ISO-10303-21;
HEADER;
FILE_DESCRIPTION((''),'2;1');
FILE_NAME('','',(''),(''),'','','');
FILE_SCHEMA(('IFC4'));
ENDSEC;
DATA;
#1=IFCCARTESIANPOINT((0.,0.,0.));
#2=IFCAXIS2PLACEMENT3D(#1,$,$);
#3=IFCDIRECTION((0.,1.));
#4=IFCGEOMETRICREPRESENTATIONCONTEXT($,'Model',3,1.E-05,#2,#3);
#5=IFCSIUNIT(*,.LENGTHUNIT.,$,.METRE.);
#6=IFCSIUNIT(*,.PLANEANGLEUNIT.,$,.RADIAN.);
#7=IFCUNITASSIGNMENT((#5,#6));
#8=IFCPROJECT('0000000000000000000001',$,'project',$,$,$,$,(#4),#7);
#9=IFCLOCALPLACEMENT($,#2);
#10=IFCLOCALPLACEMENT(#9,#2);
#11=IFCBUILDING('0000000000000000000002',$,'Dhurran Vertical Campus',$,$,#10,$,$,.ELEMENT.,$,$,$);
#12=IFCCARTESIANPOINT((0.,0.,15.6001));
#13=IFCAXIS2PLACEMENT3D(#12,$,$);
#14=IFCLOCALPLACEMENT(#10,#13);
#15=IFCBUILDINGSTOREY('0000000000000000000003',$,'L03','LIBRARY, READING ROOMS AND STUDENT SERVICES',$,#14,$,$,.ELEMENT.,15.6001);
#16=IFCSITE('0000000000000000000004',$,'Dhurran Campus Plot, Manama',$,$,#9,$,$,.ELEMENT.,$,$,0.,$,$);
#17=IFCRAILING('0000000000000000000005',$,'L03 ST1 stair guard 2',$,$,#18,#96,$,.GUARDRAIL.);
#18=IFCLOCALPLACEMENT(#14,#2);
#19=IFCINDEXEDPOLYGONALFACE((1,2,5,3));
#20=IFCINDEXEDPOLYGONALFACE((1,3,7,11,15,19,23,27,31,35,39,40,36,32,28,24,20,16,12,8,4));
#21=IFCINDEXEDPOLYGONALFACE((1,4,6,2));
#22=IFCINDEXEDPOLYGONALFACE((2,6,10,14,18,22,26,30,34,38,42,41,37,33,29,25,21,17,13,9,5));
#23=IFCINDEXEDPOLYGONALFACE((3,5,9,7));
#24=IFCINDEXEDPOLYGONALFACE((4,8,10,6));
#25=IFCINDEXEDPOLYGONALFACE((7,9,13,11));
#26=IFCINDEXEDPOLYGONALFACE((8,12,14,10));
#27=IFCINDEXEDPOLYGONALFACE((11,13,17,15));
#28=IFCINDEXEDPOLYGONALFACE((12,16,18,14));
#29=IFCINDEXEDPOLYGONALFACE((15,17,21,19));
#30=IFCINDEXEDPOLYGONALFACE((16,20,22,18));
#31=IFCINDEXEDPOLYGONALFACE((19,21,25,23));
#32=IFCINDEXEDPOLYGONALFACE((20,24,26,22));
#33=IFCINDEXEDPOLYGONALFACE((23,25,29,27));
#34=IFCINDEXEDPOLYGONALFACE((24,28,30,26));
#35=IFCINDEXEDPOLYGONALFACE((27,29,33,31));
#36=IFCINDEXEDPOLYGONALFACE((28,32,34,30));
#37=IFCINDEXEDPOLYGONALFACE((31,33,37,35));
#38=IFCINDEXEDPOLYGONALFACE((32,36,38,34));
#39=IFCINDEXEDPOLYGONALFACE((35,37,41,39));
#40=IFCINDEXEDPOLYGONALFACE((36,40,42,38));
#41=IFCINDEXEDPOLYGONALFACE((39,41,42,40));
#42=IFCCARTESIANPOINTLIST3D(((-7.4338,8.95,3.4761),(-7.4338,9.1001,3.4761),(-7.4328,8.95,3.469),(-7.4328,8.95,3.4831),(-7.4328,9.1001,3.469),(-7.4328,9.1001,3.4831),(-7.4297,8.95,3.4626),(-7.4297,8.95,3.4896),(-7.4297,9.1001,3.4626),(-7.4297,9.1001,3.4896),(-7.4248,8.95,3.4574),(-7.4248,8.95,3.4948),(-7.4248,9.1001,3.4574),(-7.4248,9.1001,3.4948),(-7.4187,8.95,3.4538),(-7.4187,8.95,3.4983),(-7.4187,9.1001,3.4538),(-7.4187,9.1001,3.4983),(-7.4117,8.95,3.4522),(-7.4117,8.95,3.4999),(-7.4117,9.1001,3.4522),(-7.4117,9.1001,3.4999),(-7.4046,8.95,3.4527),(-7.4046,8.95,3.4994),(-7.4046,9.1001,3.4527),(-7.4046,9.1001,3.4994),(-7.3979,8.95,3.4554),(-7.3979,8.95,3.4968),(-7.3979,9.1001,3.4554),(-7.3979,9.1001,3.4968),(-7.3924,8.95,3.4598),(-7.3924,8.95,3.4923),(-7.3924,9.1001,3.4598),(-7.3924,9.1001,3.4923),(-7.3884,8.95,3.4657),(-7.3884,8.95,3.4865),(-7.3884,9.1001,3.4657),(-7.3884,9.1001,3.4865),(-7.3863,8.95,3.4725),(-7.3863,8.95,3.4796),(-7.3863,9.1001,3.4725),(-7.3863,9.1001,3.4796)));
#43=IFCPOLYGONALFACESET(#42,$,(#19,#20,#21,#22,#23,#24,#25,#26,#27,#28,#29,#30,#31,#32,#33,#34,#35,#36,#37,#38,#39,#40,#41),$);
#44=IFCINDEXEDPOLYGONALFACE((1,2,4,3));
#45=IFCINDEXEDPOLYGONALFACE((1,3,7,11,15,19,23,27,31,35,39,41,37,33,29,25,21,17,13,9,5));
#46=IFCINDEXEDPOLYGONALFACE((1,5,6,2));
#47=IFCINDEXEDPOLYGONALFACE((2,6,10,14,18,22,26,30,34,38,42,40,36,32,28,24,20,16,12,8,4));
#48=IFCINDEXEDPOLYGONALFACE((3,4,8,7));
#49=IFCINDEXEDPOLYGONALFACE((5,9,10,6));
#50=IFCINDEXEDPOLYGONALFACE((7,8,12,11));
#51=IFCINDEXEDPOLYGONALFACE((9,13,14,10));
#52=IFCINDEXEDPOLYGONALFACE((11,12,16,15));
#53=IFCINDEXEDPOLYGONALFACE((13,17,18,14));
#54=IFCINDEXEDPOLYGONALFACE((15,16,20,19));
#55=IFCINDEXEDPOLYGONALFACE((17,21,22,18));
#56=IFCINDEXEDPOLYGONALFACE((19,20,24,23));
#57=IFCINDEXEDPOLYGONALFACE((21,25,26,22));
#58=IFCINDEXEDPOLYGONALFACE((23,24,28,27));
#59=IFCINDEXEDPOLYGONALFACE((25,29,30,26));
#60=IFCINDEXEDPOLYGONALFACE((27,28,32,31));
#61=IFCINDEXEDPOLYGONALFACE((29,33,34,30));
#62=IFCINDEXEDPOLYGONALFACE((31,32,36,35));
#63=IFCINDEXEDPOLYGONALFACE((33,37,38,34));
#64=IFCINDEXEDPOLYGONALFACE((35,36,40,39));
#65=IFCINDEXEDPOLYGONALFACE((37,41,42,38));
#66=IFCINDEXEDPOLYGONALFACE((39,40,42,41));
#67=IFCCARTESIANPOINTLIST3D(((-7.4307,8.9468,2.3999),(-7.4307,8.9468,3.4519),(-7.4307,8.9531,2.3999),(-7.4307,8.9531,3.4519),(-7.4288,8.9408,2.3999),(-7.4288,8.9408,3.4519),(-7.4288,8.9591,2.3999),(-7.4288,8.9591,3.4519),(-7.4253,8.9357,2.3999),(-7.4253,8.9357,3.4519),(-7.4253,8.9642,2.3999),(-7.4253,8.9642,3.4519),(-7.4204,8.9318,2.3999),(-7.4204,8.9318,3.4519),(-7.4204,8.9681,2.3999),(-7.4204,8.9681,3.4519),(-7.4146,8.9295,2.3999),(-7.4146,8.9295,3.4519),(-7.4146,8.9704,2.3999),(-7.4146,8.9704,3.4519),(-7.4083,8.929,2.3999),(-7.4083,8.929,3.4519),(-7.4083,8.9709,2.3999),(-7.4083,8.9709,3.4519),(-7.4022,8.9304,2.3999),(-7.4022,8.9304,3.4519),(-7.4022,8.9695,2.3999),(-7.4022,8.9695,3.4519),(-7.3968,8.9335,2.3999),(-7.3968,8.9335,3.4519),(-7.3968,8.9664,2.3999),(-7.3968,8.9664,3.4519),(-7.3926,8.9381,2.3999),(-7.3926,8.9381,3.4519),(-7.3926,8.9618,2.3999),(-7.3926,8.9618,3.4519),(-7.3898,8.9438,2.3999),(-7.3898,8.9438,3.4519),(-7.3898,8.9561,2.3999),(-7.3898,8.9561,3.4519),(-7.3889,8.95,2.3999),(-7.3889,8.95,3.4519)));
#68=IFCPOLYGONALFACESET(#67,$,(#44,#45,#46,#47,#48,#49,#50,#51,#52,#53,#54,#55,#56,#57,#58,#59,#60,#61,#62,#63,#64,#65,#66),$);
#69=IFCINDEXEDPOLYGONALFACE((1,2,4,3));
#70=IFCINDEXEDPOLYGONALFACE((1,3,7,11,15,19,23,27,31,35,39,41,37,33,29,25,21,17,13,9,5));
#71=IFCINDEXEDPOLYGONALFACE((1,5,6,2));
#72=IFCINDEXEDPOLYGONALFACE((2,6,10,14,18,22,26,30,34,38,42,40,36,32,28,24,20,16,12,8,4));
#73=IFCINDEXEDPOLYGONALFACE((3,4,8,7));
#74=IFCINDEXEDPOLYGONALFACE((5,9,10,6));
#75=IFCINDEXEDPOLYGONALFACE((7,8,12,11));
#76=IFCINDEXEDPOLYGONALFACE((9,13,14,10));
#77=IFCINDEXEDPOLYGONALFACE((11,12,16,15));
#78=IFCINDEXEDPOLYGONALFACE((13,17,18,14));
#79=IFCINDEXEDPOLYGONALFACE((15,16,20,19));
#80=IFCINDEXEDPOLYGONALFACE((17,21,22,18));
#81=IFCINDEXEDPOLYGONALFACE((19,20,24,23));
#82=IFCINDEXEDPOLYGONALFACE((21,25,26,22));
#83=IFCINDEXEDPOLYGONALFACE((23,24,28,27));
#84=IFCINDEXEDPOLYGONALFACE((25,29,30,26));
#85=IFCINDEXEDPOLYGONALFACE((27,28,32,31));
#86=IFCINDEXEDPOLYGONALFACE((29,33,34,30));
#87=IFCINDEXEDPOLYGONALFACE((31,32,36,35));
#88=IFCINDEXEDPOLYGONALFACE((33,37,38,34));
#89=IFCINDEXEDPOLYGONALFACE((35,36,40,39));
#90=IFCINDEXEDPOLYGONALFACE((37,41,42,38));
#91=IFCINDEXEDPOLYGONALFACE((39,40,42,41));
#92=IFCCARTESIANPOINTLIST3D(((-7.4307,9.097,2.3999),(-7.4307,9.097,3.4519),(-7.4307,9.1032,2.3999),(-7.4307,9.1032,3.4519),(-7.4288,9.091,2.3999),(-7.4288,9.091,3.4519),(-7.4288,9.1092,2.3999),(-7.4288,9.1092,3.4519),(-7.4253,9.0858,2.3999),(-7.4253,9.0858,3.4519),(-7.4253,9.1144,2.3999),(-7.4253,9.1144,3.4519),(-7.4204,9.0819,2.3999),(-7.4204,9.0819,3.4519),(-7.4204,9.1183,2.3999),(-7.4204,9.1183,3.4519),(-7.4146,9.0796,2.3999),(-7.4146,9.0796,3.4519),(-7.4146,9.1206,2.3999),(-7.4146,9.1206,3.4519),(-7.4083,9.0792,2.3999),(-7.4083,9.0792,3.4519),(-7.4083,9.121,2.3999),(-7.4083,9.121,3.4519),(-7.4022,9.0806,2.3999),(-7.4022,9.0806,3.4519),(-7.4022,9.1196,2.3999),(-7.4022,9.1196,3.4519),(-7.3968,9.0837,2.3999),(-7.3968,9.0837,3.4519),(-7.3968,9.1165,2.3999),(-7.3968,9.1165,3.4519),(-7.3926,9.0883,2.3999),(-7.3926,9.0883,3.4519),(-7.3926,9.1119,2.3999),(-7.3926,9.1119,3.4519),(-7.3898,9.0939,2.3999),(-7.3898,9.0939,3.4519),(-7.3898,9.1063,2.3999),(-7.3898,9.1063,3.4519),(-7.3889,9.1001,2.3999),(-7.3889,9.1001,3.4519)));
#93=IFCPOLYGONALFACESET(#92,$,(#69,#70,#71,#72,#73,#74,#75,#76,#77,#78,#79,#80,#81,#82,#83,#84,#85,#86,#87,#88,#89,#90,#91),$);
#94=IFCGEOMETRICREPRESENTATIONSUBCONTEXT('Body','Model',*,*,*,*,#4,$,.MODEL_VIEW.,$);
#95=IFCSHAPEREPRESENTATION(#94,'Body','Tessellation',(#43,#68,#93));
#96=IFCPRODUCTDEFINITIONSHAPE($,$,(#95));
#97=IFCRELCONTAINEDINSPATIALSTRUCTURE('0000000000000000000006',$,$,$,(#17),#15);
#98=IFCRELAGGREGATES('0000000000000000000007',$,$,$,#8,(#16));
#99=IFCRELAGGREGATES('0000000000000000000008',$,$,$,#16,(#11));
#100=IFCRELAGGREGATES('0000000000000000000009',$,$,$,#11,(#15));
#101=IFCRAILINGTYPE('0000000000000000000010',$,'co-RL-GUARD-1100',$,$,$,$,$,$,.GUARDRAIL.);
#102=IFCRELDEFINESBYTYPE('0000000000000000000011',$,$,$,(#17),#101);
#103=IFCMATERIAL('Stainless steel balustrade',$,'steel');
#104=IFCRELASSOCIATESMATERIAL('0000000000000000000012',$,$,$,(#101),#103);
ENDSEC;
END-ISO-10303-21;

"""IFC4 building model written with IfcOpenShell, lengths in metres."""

from ifc_helpers import new_model, si_unit, direction, frame, origin, origin_2d, place, context, subcontext, project, spatial, circle, extrude, material, type_object, element, save


model = new_model("IFC4")

# Units and contexts
model_context = context("Model", 3, precision=1e-05, world=origin(), true_north=direction((0.0, 1.0)))
body_context = subcontext(model_context, "Body", "Model", "MODEL_VIEW")
ifc_project = project(units=[si_unit("LENGTHUNIT", "METRE"), si_unit("PLANEANGLEUNIT", "RADIAN")], contexts=[model_context])

# Site, building, storey
site_placement = place(None, origin())
site = spatial("IfcSite", under=ifc_project, at=site_placement, Name="Dhurran Campus Plot, Manama", CompositionType="ELEMENT", RefElevation=0.0)
building_placement = place(site_placement, origin())
building = spatial("IfcBuilding", under=site, at=building_placement, Name="Dhurran Vertical Campus", CompositionType="ELEMENT")
storey_placement = place(building_placement, frame((0.0, 0.0, 15.6001)))
storey = spatial("IfcBuildingStorey", under=building, at=storey_placement, Name="L03", Description="LIBRARY, READING ROOMS AND STUDENT SERVICES", CompositionType="ELEMENT", Elevation=15.6001)

# Railing
ifc_material_1 = material(Name="Stainless steel balustrade", Category="steel")
railing_type_1 = type_object("IfcRailingType", Name="co-RL-GUARD-1100", PredefinedType="GUARDRAIL", material=ifc_material_1)
railing_1_placement = place(storey_placement, frame((-7.4099, 8.95, 2.3999)))
element("IfcRailing", 1, at=railing_1_placement, inside=storey, type_object=railing_type_1, Name="L03 ST1 stair guard 2", PredefinedType="GUARDRAIL", context=body_context, shape_type="SweptSolid", body=[
    extrude(circle(Radius=0.0239, at=origin_2d()), frame((0.0, 0.0, 1.0762), z_axis=(0.0, 1.0, 0.0), x_axis=(-1.0, 0.0, 0.0)), (0.0, 0.0, 1.0), 0.1501),
    extrude(circle(Radius=0.021, at=origin_2d()), origin(), (0.0, 0.0, 1.0), 1.052),
    extrude(circle(Radius=0.021, at=origin_2d()), frame((0.0, 0.1501, 0.0)), (0.0, 0.0, 1.0), 1.052),
])

save(model, "model.ifc")
